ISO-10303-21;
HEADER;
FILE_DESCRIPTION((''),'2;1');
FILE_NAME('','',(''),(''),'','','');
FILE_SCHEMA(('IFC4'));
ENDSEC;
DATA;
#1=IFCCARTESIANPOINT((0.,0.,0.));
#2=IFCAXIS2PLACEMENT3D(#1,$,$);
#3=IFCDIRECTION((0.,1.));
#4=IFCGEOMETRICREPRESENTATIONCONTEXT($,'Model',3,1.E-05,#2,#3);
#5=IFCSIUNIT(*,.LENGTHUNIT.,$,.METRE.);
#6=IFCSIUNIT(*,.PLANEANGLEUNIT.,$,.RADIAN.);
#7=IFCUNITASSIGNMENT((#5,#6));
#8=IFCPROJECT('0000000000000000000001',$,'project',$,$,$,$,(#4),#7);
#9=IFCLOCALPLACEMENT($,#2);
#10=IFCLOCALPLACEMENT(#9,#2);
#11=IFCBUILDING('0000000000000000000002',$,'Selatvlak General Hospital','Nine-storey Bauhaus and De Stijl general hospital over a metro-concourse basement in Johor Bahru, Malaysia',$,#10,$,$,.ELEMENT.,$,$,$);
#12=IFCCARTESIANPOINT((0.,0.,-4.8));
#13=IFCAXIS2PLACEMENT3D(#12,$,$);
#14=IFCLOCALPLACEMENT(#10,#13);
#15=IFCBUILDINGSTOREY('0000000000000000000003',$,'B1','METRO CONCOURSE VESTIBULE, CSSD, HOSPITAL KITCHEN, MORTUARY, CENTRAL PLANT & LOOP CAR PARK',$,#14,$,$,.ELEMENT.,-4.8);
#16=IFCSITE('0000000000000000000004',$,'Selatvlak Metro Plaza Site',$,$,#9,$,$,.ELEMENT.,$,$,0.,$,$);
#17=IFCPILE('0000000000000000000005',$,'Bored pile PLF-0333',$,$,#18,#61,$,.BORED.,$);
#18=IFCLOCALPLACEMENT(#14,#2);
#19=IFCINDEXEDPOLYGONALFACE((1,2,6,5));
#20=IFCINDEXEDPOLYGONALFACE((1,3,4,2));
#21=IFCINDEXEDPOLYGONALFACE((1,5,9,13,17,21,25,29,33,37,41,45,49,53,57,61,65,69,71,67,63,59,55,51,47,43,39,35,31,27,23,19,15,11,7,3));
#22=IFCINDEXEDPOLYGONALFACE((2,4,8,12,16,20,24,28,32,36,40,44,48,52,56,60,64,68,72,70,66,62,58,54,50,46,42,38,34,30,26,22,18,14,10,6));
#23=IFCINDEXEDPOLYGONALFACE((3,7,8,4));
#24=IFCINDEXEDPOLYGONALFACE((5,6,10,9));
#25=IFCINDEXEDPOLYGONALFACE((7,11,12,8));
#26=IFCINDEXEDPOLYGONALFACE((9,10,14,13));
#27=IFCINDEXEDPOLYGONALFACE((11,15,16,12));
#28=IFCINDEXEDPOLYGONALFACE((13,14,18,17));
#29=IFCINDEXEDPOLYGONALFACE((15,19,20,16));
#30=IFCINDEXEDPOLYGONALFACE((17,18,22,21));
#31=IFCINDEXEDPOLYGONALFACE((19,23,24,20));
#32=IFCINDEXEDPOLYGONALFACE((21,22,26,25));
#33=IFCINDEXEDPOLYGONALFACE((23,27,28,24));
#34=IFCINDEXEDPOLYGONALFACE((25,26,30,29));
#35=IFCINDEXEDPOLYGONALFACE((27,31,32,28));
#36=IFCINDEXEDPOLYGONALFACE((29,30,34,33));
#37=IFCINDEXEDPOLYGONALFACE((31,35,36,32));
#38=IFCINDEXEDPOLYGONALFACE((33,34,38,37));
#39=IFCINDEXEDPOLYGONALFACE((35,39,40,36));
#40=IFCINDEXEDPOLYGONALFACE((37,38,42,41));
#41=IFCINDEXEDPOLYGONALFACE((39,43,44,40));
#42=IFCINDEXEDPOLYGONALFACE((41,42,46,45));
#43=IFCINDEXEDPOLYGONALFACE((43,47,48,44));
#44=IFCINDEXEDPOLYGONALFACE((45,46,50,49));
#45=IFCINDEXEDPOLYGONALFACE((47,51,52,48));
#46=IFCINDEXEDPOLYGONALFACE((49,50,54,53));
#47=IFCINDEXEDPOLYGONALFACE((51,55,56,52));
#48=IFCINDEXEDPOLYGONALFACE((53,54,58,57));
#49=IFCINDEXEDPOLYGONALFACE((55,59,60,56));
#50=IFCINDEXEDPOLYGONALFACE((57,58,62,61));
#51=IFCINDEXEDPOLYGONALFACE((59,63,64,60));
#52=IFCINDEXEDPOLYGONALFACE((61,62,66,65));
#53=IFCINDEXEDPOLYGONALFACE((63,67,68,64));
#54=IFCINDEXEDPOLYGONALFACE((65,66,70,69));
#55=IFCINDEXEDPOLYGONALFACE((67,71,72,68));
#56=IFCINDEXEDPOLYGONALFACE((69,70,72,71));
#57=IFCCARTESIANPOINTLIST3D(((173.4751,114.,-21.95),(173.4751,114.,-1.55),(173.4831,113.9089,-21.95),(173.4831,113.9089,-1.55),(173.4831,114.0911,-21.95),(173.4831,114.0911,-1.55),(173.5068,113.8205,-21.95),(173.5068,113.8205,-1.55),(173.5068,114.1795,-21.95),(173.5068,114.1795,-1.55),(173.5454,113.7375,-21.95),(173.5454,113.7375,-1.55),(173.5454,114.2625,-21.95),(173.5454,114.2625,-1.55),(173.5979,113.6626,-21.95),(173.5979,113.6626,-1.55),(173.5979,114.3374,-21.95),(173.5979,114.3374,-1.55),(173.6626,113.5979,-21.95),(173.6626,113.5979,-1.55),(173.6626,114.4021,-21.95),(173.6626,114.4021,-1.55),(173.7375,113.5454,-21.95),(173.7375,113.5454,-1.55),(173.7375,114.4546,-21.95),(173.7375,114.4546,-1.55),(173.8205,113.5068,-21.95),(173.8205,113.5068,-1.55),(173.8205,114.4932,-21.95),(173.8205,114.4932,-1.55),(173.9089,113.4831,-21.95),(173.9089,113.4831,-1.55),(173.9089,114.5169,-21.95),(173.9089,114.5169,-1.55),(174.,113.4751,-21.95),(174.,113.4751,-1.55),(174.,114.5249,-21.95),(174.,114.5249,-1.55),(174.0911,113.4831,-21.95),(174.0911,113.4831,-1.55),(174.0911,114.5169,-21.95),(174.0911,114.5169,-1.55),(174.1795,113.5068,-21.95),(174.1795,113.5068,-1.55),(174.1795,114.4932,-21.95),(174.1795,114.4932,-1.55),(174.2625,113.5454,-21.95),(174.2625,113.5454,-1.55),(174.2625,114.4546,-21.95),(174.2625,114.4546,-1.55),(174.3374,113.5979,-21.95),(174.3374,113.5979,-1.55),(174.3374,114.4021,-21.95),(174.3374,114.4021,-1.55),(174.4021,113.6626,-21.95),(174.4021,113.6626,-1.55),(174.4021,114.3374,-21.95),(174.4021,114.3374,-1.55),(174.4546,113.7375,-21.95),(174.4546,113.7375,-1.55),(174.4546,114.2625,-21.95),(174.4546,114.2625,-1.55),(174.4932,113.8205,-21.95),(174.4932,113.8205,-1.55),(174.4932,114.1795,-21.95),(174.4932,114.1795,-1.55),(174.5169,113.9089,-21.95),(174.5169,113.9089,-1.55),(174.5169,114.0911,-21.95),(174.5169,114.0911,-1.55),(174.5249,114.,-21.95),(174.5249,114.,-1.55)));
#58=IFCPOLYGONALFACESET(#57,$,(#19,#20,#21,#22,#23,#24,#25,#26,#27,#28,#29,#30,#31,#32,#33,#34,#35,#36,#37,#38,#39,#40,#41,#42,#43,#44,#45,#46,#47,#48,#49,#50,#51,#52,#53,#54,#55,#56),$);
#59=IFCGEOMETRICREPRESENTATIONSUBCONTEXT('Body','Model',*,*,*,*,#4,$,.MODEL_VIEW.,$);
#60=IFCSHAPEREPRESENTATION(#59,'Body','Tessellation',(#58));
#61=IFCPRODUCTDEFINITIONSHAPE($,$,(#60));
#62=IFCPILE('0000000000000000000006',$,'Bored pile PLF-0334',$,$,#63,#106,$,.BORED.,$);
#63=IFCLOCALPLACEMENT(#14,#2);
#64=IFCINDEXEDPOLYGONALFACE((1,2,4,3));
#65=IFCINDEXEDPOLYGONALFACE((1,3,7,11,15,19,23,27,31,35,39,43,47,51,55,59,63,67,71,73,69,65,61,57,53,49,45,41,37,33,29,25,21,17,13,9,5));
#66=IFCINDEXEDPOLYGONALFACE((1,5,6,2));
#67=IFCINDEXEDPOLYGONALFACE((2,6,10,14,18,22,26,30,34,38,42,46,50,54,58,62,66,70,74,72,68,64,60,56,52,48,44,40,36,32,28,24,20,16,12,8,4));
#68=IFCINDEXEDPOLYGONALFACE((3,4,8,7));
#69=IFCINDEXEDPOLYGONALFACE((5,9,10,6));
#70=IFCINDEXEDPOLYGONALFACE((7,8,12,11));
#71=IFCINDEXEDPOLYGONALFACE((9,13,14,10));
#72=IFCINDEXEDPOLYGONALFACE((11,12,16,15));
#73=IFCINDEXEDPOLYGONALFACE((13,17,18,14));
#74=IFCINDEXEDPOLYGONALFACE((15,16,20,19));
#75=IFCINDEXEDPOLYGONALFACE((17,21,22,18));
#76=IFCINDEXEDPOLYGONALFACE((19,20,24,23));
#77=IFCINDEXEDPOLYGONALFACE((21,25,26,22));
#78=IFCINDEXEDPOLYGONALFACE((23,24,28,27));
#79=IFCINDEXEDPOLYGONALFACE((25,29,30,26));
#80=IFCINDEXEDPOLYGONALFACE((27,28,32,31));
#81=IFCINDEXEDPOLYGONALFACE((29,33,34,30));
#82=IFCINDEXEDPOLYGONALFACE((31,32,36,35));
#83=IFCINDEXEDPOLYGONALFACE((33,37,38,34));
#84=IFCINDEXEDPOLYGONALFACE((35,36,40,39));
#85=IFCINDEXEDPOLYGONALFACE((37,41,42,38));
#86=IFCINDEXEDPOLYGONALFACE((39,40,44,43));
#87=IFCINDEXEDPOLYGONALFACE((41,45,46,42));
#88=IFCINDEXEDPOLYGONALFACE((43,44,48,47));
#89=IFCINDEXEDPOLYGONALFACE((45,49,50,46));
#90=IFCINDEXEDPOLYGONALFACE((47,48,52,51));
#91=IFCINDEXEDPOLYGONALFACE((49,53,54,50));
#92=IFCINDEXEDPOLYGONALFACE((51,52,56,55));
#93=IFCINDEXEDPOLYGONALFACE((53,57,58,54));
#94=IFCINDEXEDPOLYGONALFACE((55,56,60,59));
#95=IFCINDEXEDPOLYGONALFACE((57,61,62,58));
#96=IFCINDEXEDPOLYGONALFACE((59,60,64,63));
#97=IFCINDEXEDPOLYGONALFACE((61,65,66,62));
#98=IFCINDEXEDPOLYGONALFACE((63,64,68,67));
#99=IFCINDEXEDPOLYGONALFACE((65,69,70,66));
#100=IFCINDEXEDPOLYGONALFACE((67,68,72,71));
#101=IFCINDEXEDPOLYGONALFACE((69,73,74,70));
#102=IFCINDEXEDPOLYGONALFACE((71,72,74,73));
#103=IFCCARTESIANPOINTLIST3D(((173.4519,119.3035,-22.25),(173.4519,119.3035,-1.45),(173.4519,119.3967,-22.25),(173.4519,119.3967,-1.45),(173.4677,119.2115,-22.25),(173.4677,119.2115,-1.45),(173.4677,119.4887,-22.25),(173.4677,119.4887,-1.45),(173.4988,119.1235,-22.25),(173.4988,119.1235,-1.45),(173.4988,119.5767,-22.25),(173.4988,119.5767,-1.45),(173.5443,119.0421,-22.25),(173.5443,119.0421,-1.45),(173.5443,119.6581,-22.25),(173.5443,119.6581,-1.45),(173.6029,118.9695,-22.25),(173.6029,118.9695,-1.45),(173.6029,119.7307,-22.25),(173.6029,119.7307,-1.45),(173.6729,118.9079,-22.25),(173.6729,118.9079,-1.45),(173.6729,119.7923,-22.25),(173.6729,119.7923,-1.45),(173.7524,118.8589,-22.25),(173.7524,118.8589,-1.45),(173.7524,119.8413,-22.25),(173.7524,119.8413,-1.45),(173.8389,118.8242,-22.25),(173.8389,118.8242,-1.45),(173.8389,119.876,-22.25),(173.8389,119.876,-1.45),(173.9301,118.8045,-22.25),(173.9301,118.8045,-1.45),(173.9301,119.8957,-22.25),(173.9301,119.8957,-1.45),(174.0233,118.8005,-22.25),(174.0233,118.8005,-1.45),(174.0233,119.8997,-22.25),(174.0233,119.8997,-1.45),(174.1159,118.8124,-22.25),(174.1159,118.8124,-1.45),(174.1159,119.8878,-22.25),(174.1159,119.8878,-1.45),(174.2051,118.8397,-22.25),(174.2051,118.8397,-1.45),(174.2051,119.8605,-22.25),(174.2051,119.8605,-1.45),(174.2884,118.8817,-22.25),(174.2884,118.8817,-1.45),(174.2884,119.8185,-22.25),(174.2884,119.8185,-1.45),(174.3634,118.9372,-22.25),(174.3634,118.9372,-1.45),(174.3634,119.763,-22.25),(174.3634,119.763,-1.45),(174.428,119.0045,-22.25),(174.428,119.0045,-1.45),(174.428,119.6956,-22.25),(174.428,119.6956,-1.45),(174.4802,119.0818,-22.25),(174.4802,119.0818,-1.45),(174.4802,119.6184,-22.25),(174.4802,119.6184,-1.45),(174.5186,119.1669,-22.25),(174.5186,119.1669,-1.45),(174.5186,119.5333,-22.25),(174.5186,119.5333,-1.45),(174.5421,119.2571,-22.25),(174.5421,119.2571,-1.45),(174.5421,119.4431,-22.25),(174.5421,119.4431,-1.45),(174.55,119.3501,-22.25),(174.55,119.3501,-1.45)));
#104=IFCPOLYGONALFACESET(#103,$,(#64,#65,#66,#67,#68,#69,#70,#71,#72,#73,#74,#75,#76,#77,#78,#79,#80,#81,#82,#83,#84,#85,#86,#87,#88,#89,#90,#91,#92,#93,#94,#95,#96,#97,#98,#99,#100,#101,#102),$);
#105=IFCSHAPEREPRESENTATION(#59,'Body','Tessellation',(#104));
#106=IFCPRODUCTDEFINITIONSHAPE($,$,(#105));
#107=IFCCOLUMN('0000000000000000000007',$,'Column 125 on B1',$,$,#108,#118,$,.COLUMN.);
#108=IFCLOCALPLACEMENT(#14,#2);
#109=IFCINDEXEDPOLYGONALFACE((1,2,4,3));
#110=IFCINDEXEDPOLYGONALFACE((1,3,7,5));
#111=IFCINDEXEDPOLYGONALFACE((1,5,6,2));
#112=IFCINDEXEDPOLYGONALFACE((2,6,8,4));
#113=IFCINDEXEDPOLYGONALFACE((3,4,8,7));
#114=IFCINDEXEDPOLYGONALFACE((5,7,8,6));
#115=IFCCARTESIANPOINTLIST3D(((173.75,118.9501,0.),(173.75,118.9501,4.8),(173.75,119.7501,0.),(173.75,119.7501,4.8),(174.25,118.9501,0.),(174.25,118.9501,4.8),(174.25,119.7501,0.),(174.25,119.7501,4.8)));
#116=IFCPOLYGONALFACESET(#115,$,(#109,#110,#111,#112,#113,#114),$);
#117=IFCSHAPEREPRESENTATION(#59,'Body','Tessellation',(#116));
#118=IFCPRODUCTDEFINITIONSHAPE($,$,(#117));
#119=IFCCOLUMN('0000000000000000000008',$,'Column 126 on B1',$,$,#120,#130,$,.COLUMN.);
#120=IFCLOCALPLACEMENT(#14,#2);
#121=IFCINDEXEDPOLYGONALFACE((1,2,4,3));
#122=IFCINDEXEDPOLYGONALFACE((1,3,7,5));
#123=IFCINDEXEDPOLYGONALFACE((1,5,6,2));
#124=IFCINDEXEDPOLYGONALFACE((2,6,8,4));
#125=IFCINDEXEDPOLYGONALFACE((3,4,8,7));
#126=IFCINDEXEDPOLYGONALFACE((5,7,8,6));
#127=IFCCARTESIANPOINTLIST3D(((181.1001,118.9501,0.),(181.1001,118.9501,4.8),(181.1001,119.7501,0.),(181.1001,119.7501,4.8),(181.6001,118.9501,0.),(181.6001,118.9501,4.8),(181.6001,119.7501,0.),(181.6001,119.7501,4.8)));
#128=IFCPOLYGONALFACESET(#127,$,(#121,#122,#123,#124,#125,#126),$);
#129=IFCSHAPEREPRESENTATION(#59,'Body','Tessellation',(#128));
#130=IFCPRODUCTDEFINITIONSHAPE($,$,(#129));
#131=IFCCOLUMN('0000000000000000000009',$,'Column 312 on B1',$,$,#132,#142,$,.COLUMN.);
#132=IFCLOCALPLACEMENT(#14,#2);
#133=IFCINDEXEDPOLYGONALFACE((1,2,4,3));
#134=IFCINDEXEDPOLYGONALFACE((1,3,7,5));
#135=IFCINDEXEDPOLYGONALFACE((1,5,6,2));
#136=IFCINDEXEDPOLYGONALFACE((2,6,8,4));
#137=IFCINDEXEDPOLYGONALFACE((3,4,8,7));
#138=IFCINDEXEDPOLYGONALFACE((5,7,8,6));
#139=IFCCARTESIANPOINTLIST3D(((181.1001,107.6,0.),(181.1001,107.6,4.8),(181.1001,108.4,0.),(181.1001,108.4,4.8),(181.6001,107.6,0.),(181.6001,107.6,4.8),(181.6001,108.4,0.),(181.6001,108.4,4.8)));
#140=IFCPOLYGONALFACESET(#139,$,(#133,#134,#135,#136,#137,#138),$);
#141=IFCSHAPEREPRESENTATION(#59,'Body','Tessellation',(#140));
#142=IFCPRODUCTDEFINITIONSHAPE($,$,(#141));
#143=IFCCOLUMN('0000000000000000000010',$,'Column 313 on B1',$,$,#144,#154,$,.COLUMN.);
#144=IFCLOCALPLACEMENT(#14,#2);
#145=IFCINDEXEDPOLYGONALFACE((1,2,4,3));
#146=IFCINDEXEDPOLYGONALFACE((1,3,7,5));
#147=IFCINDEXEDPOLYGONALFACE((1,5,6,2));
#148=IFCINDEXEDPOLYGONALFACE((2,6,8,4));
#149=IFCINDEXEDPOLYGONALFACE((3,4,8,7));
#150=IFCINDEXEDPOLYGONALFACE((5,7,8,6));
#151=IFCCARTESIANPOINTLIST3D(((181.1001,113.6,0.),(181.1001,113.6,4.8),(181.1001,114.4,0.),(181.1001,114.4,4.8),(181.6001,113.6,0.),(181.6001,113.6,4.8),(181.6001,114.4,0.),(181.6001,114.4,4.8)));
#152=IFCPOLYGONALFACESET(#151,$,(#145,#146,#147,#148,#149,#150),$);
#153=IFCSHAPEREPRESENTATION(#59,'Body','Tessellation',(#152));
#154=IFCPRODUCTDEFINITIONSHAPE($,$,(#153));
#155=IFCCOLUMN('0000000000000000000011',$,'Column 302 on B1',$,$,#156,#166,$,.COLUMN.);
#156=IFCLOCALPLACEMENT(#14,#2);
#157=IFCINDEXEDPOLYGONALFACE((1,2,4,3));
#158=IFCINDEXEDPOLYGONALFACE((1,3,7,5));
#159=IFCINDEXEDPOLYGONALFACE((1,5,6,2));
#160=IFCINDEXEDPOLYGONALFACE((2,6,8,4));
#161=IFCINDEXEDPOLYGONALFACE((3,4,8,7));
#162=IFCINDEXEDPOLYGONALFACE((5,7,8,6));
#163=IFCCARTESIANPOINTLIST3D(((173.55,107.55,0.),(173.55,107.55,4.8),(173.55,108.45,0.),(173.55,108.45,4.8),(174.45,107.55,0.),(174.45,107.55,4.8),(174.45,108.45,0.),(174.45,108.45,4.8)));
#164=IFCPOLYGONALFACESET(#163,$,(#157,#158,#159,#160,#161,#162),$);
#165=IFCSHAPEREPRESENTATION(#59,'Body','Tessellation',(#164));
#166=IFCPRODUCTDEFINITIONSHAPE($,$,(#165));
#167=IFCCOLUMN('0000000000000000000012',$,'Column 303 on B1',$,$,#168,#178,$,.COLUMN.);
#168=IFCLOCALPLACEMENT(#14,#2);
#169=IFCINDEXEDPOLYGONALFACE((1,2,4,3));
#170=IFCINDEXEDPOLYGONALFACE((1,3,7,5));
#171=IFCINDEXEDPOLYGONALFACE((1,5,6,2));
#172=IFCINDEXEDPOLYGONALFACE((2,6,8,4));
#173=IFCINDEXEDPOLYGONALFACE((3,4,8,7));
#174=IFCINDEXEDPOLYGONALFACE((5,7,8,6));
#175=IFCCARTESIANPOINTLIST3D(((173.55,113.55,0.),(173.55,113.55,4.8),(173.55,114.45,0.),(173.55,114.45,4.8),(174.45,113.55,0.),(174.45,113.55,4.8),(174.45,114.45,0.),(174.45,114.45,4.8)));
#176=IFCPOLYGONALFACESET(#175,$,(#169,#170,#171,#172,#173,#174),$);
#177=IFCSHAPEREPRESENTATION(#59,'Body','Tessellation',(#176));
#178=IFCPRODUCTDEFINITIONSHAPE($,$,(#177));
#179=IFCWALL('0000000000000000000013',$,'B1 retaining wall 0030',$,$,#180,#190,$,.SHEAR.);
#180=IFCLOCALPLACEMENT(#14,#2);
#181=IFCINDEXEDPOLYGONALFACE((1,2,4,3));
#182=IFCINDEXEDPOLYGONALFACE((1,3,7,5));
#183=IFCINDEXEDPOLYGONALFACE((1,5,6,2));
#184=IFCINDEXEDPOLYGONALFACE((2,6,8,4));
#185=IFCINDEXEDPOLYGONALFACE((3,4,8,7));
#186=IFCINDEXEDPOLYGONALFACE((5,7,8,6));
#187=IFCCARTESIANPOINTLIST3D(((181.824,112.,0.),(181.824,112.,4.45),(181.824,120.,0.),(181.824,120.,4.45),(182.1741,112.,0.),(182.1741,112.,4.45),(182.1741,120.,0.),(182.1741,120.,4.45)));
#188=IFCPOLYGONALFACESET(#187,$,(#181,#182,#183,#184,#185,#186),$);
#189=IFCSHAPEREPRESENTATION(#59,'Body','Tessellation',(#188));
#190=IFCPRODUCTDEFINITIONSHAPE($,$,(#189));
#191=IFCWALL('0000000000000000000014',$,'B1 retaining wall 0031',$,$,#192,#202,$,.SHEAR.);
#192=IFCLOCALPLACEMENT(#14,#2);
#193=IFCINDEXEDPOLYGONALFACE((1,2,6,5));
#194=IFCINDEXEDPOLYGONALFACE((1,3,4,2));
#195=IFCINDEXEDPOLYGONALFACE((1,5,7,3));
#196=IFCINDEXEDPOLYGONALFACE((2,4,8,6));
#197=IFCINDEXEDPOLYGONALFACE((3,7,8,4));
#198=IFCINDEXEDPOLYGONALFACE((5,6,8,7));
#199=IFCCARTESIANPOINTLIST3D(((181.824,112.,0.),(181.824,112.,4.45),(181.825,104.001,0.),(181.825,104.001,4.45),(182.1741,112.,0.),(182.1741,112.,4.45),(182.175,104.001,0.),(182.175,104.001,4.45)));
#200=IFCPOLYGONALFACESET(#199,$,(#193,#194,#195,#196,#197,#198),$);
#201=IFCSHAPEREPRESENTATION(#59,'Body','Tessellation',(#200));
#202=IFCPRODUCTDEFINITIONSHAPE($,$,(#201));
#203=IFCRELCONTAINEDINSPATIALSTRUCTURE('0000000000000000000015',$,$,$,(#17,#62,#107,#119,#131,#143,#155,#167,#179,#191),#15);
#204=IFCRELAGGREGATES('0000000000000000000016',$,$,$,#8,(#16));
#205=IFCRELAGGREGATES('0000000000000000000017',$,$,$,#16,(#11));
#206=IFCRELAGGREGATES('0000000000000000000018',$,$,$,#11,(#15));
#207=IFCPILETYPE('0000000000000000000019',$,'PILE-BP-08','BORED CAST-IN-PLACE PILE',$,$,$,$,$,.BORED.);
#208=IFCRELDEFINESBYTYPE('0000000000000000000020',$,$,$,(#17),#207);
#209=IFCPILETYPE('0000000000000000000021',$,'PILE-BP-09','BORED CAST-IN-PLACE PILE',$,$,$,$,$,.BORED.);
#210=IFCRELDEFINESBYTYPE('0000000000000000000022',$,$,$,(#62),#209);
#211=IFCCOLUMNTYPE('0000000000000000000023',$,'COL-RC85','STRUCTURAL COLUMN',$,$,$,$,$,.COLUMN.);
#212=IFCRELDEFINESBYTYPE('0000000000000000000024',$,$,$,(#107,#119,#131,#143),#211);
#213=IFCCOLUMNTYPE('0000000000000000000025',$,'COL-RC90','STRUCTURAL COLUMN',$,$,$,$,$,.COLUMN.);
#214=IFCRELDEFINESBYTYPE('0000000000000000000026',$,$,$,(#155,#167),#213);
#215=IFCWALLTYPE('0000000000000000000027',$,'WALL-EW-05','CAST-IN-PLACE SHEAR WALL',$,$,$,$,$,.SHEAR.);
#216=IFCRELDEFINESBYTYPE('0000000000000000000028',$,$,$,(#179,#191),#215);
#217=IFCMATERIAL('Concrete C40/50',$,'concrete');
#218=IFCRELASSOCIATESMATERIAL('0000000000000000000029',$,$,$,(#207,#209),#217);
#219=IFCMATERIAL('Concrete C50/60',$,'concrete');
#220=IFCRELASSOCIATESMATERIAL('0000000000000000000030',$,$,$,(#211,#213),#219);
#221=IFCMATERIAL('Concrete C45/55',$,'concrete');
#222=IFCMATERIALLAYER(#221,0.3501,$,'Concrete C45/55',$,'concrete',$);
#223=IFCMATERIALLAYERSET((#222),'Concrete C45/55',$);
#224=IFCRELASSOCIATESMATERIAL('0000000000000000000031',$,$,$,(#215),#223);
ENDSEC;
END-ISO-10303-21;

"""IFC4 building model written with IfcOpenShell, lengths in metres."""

from ifc_helpers import new_model, si_unit, direction, frame, frame_2d, origin, origin_2d, place, context, subcontext, project, spatial, rectangle, circle, extrude, material, layer, layer_set, material_profile, profile_set, type_object, element, save


model = new_model("IFC4")

# Units and contexts
model_context = context("Model", 3, precision=1e-05, world=origin(), true_north=direction((0.0, 1.0)))
body_context = subcontext(model_context, "Body", "Model", "MODEL_VIEW")
ifc_project = project(units=[si_unit("LENGTHUNIT", "METRE"), si_unit("PLANEANGLEUNIT", "RADIAN")], contexts=[model_context])

# Site, building, storey
site_placement = place(None, origin())
site = spatial("IfcSite", under=ifc_project, at=site_placement, Name="Selatvlak Metro Plaza Site", CompositionType="ELEMENT", RefElevation=0.0)
building_placement = place(site_placement, origin())
building = spatial("IfcBuilding", under=site, at=building_placement, Name="Selatvlak General Hospital", Description="Nine-storey Bauhaus and De Stijl general hospital over a metro-concourse basement in Johor Bahru, Malaysia", CompositionType="ELEMENT")
storey_placement = place(building_placement, frame((0.0, 0.0, -4.8)))
storey = spatial("IfcBuildingStorey", under=building, at=storey_placement, Name="B1", Description="METRO CONCOURSE VESTIBULE, CSSD, HOSPITAL KITCHEN, MORTUARY, CENTRAL PLANT & LOOP CAR PARK", CompositionType="ELEMENT", Elevation=-4.8)

# Shared definitions
ifc_material_1 = material(Name="Concrete C40/50", Category="concrete")

# Piles
ifc_material_profile_1 = material_profile(ifc_material_1, circle(Radius=0.5249, at=origin_2d()), Name="BORED PILE 1050")
ifc_profile_set_1 = profile_set([ifc_material_profile_1], Name="Concrete C40/50")
pile_type_1 = type_object("IfcPileType", Name="PILE-BP-08", Description="BORED CAST-IN-PLACE PILE", PredefinedType="BORED", material=ifc_profile_set_1)
pile_1_placement = place(storey_placement, frame((174.0, 114.0, -1.55), z_axis=(0.0, 0.0, -1.0), x_axis=(1.0, 0.0, 0.0)))
element("IfcPile", 1, at=pile_1_placement, inside=storey, type_object=pile_type_1, Name="Bored pile PLF-0333", PredefinedType="BORED", context=body_context, shape_type="SweptSolid", body=[
    extrude(circle(Radius=0.5249, at=origin_2d()), origin(), (0.0, 0.0, 1.0), 20.3999),
])
ifc_material_profile_2 = material_profile(ifc_material_1, circle(Radius=0.55, at=origin_2d()), Name="BORED PILE 1100")
ifc_profile_set_2 = profile_set([ifc_material_profile_2], Name="Concrete C40/50")
pile_type_2 = type_object("IfcPileType", Name="PILE-BP-09", Description="BORED CAST-IN-PLACE PILE", PredefinedType="BORED", material=ifc_profile_set_2)
pile_2_placement = place(storey_placement, frame((174.0, 119.3501, -1.45), z_axis=(0.0, 0.0, -1.0), x_axis=(1.0, 0.0, 0.0)))
element("IfcPile", 2, at=pile_2_placement, inside=storey, type_object=pile_type_2, Name="Bored pile PLF-0334", PredefinedType="BORED", context=body_context, shape_type="SweptSolid", body=[
    extrude(circle(Radius=0.55, at=origin_2d()), origin(), (0.0, 0.0, 1.0), 20.8),
])

# Columns
ifc_material_2 = material(Name="Concrete C50/60", Category="concrete")
ifc_material_profile_3 = material_profile(ifc_material_2, rectangle(XDim=0.5, YDim=0.8, at=origin_2d()), Name="RC-COL 800x500")
ifc_profile_set_3 = profile_set([ifc_material_profile_3], Name="Concrete C50/60")
column_type_1 = type_object("IfcColumnType", Name="COL-RC85", Description="STRUCTURAL COLUMN", PredefinedType="COLUMN", material=ifc_profile_set_3)
for number, where, z_axis, x_axis, name in (
    (3, (174.0, 119.3501, 0.0), (0.0, 0.0, 1.0), (1.0, 0.0, 0.0), "Column 125 on B1"),
    (4, (181.3501, 119.3501, 0.0), (0.0, 0.0, 1.0), (1.0, 0.0, 0.0), "Column 126 on B1"),
    (5, (181.3501, 108.0, 0.0), (0.0, 0.0, 1.0), (1.0, 0.0, 0.0), "Column 312 on B1"),
    (6, (181.3501, 114.0, 0.0), (0.0, 0.0, 1.0), (1.0, 0.0, 0.0), "Column 313 on B1"),
):
    element("IfcColumn", number, at=place(storey_placement, frame(where, z_axis=z_axis, x_axis=x_axis)), inside=storey, type_object=column_type_1, Name=name, PredefinedType="COLUMN", context=body_context, shape_type="SweptSolid", body=[
        extrude(rectangle(XDim=0.5, YDim=0.8, at=origin_2d()), origin(), (0.0, 0.0, 1.0), 4.8),
    ])
ifc_material_profile_4 = material_profile(ifc_material_2, rectangle(XDim=0.8999, YDim=0.8999, at=origin_2d()), Name="RC-COL 900x900")
ifc_profile_set_4 = profile_set([ifc_material_profile_4], Name="Concrete C50/60")
column_type_2 = type_object("IfcColumnType", Name="COL-RC90", Description="STRUCTURAL COLUMN", PredefinedType="COLUMN", material=ifc_profile_set_4)
for number, where, z_axis, x_axis, name in (
    (7, (174.0, 108.0, 0.0), (0.0, 0.0, 1.0), (1.0, 0.0, 0.0), "Column 302 on B1"),
    (8, (174.0, 114.0, 0.0), (0.0, 0.0, 1.0), (1.0, 0.0, 0.0), "Column 303 on B1"),
):
    element("IfcColumn", number, at=place(storey_placement, frame(where, z_axis=z_axis, x_axis=x_axis)), inside=storey, type_object=column_type_2, Name=name, PredefinedType="COLUMN", context=body_context, shape_type="SweptSolid", body=[
        extrude(rectangle(XDim=0.8999, YDim=0.8999, at=origin_2d()), origin(), (0.0, 0.0, 1.0), 4.8),
    ])

# Walls
ifc_material_3 = material(Name="Concrete C45/55", Category="concrete")
ifc_layer_1 = layer(ifc_material_3, 0.3501, Name="Concrete C45/55", Category="concrete")
ifc_layer_set_1 = layer_set([ifc_layer_1], Name="Concrete C45/55")
wall_type_1 = type_object("IfcWallType", Name="WALL-EW-05", Description="CAST-IN-PLACE SHEAR WALL", PredefinedType="SHEAR", material=ifc_layer_set_1)
wall_1_placement = place(storey_placement, frame((181.999, 120.0, 0.0), z_axis=(0.0, 0.0, 1.0), x_axis=(0.0, -1.0, 0.0)))
element("IfcWall", 9, at=wall_1_placement, inside=storey, type_object=wall_type_1, Name="B1 retaining wall 0030", PredefinedType="SHEAR", context=body_context, shape_type="SweptSolid", body=[
    extrude(rectangle(XDim=8.0, YDim=0.3501, at=frame_2d((4.0, 0.0))), origin(), (0.0, 0.0, 1.0), 4.45),
])
wall_2_placement = place(storey_placement, frame((181.999, 112.0, 0.0), z_axis=(0.0, 0.0, 1.0), x_axis=(0.000122, -1.0, 0.0)))
element("IfcWall", 10, at=wall_2_placement, inside=storey, type_object=wall_type_1, Name="B1 retaining wall 0031", PredefinedType="SHEAR", context=body_context, shape_type="SweptSolid", body=[
    extrude(rectangle(XDim=7.999, YDim=0.3501, at=frame_2d((3.9995, 0.0))), origin(), (0.0, 0.0, 1.0), 4.45),
])

save(model, "model.ifc")
